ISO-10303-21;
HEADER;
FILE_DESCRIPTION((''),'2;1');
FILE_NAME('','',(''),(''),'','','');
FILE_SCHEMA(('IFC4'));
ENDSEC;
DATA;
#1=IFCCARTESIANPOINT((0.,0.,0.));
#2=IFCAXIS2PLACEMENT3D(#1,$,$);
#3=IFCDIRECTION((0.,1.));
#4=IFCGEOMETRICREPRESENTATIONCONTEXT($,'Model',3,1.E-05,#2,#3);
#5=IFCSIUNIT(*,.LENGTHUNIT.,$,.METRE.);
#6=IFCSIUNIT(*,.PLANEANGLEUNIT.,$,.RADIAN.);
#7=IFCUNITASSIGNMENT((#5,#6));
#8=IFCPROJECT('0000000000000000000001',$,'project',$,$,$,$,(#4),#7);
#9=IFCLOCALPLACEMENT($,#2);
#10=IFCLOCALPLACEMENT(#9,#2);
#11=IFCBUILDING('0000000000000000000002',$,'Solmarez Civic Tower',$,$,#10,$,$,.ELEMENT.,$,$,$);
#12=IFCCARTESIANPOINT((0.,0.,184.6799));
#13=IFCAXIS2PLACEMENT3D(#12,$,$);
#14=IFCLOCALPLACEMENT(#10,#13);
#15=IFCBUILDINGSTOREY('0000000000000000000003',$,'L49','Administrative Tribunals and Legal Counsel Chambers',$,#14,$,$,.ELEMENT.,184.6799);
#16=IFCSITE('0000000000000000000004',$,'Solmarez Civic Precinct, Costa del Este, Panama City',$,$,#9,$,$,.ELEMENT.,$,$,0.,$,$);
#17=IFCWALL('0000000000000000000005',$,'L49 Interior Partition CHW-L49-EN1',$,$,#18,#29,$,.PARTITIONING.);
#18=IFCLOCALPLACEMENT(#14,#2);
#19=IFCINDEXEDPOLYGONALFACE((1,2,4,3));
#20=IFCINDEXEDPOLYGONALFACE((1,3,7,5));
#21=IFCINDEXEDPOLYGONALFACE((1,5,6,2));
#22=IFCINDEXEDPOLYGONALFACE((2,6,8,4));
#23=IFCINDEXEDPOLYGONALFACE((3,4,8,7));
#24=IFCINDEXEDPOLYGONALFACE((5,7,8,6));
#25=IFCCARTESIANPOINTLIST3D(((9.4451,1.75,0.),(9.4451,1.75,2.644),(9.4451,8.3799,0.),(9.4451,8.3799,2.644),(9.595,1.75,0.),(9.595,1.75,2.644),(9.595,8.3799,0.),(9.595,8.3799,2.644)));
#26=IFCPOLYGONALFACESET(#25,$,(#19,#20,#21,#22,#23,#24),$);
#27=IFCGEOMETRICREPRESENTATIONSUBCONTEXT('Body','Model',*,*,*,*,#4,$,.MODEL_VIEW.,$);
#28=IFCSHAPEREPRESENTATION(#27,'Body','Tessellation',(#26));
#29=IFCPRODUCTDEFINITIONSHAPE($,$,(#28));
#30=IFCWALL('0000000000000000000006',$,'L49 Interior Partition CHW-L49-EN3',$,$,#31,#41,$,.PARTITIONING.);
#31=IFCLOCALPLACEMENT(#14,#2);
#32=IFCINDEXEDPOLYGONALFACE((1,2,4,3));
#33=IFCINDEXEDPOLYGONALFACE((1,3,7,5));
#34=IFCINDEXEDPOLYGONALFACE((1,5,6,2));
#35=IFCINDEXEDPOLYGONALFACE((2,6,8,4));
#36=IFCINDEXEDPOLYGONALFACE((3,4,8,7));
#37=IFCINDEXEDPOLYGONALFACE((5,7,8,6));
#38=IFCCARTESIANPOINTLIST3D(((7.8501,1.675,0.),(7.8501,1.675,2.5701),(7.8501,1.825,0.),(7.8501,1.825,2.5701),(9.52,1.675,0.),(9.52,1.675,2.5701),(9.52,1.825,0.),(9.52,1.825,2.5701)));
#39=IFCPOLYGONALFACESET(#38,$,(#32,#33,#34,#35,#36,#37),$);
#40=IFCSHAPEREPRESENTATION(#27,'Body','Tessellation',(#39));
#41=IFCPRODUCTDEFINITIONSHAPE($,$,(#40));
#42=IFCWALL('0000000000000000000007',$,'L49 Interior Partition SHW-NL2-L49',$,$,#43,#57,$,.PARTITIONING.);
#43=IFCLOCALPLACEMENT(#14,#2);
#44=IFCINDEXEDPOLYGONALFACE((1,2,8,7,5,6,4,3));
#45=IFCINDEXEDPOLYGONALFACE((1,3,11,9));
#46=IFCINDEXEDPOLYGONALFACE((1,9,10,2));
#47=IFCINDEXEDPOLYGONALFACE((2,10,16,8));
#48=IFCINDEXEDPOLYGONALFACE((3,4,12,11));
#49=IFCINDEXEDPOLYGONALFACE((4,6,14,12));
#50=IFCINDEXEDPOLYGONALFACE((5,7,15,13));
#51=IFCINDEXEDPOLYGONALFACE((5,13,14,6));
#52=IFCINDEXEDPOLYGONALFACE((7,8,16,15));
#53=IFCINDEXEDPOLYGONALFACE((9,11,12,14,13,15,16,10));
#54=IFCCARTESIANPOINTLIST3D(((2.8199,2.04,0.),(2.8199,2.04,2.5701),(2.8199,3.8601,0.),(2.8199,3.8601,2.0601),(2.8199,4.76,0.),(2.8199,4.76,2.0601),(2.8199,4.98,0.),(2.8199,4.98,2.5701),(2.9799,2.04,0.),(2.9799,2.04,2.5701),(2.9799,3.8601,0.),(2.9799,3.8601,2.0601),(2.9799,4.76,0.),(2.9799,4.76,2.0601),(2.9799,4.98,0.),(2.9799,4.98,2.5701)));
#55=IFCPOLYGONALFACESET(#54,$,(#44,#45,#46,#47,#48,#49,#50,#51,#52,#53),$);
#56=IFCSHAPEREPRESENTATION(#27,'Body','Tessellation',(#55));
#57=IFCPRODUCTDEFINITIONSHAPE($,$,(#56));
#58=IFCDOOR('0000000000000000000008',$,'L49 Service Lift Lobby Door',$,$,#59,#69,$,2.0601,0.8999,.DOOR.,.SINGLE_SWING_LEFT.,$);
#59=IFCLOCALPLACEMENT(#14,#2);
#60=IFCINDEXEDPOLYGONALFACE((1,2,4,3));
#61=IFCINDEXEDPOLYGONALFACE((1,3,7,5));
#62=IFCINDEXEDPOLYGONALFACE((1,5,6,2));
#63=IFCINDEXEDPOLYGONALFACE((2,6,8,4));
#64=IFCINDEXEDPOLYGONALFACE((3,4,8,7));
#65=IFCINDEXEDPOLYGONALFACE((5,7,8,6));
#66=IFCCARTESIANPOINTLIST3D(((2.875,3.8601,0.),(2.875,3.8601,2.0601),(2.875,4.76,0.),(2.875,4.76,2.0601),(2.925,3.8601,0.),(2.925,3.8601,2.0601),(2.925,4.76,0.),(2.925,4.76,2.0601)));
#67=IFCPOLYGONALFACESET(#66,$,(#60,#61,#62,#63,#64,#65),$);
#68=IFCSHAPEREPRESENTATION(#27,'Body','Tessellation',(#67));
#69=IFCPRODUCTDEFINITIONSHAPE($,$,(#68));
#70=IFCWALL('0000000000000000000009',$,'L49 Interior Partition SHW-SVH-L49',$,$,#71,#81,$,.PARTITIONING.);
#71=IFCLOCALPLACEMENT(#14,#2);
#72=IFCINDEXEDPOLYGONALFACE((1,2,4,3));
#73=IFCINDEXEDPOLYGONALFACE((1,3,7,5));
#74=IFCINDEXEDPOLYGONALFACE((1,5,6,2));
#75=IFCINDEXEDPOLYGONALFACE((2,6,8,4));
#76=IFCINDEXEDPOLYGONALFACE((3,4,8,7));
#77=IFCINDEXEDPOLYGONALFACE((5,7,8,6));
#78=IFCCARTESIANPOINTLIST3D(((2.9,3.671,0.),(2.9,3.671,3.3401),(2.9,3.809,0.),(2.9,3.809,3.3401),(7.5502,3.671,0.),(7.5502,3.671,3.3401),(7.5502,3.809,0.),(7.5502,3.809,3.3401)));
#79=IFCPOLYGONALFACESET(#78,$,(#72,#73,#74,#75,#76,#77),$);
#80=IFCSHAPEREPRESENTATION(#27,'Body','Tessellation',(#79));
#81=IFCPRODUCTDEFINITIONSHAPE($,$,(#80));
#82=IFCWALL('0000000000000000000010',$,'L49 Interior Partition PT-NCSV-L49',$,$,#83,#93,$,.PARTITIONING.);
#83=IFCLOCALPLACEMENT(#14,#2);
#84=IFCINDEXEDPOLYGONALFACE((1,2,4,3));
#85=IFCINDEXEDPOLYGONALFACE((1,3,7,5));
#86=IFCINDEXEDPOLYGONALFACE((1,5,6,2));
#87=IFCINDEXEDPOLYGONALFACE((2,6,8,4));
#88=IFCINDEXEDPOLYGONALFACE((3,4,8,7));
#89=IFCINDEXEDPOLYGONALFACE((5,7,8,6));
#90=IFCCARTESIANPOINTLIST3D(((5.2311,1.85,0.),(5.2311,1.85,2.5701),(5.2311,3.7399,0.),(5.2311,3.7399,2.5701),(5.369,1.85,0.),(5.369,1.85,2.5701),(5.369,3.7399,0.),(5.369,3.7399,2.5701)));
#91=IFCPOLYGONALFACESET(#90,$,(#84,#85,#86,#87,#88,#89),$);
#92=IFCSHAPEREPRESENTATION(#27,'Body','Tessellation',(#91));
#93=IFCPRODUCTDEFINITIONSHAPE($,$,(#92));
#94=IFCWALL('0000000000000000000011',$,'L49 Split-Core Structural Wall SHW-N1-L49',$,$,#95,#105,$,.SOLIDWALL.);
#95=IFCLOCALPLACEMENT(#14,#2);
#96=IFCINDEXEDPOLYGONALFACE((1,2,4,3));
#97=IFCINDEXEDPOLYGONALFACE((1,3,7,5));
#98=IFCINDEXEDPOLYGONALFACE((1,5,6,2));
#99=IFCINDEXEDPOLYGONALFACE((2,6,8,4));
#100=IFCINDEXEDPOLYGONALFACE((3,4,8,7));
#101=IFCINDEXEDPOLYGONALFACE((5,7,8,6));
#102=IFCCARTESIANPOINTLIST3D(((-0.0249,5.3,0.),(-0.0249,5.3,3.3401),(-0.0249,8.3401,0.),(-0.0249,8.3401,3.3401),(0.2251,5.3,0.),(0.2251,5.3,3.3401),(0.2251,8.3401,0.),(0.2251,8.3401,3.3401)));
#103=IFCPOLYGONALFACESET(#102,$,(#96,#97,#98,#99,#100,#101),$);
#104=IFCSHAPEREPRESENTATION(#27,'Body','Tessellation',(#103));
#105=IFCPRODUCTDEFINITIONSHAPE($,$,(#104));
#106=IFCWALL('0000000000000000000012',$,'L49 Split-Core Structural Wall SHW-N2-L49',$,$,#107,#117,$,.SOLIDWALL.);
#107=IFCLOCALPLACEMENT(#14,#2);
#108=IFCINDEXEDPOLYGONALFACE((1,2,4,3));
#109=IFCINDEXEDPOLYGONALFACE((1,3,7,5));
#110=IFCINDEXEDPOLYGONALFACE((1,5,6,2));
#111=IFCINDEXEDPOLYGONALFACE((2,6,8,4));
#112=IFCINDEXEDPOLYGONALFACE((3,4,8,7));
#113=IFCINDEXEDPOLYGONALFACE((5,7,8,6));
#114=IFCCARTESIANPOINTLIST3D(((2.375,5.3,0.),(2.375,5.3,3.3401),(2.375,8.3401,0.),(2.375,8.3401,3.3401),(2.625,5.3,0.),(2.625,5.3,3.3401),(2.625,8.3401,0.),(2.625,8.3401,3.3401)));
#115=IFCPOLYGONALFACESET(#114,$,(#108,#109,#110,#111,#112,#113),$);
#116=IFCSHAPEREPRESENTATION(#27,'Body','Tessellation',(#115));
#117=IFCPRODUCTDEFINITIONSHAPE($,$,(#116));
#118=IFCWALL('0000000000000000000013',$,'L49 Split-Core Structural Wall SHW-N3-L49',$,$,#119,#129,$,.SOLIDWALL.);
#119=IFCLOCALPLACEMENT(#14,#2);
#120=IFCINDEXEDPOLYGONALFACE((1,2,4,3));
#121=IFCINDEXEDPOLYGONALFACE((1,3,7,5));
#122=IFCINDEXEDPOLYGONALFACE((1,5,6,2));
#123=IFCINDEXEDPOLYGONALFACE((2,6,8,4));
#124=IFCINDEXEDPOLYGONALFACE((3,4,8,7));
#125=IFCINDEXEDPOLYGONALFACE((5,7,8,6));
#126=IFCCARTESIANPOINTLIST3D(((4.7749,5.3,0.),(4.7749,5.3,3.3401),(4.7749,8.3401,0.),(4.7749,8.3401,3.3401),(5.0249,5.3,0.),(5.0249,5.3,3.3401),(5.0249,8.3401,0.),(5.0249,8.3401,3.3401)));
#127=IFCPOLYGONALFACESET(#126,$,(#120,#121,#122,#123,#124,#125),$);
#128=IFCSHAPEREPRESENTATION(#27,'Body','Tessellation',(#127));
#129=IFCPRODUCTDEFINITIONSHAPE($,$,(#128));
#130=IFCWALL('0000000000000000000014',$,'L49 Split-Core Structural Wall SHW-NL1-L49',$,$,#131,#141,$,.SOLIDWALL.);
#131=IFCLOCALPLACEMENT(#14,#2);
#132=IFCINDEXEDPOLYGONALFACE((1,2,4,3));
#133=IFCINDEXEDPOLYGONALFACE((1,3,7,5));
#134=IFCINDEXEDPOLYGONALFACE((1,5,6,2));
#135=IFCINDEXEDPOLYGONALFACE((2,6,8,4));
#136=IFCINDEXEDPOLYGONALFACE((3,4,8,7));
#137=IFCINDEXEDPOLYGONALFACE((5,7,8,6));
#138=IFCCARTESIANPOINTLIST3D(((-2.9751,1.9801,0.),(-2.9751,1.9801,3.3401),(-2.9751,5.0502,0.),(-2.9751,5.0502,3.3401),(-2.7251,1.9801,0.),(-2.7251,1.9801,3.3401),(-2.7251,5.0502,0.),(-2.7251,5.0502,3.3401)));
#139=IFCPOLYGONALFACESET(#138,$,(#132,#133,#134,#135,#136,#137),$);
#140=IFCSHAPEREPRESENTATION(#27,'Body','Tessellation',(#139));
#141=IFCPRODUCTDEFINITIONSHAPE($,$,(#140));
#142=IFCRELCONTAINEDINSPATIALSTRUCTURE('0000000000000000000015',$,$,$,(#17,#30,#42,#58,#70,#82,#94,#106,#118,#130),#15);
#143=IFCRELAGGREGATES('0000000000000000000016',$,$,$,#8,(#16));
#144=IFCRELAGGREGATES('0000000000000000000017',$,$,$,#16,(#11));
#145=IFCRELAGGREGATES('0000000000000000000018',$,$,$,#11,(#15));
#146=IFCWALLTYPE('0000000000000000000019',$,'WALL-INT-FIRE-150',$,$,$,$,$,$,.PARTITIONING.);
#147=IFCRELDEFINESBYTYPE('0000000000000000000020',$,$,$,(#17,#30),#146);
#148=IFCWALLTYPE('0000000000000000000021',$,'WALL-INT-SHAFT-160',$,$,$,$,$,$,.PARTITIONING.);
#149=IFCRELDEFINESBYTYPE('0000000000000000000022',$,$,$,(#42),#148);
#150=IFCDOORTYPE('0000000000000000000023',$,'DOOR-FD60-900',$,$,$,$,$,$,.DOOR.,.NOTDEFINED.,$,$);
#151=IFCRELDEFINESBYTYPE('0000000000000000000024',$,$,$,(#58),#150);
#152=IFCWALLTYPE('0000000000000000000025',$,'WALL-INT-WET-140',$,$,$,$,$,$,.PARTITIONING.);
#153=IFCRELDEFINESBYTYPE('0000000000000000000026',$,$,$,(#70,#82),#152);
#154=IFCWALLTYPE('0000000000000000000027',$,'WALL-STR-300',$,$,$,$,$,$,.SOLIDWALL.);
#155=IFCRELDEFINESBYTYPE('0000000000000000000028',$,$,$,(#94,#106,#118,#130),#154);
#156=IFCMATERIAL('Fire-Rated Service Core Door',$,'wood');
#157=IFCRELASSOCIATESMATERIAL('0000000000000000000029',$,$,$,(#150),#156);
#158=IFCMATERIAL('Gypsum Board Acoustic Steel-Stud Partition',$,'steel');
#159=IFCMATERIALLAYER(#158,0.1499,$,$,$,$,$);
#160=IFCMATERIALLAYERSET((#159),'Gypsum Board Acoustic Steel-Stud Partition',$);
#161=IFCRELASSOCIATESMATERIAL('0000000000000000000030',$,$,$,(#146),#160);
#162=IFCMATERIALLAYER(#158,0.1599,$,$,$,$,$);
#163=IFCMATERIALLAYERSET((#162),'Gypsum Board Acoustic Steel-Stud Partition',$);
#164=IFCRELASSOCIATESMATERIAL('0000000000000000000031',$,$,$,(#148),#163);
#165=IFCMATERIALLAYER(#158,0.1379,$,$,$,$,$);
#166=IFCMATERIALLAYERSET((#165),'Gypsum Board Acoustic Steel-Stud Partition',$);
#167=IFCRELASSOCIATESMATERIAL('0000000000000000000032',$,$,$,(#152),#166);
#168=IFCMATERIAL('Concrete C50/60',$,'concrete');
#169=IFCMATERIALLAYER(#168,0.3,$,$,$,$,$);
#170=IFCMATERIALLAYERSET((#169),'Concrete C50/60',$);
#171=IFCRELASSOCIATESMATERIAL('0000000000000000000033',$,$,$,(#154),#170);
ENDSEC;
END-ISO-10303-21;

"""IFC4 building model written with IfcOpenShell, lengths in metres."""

from ifc_helpers import new_model, si_unit, direction, frame, frame_2d, origin, place, context, subcontext, project, spatial, rectangle, extrude, material, layer, layer_set, type_object, element, fill, save


model = new_model("IFC4")

# Units and contexts
model_context = context("Model", 3, precision=1e-05, world=origin(), true_north=direction((0.0, 1.0)))
body_context = subcontext(model_context, "Body", "Model", "MODEL_VIEW")
ifc_project = project(units=[si_unit("LENGTHUNIT", "METRE"), si_unit("PLANEANGLEUNIT", "RADIAN")], contexts=[model_context])

# Site, building, storey
site_placement = place(None, origin())
site = spatial("IfcSite", under=ifc_project, at=site_placement, Name="Solmarez Civic Precinct, Costa del Este, Panama City", CompositionType="ELEMENT", RefElevation=0.0)
building_placement = place(site_placement, origin())
building = spatial("IfcBuilding", under=site, at=building_placement, Name="Solmarez Civic Tower", CompositionType="ELEMENT")
storey_placement = place(building_placement, frame((0.0, 0.0, 184.6799)))
storey = spatial("IfcBuildingStorey", under=building, at=storey_placement, Name="L49", Description="Administrative Tribunals and Legal Counsel Chambers", CompositionType="ELEMENT", Elevation=184.6799)

# Shared definitions
ifc_material_1 = material(Name="Concrete C50/60", Category="concrete")

# Shared definitions
ifc_material_2 = material(Name="Fire-Rated Service Core Door", Category="wood")
door_type_1 = type_object("IfcDoorType", Name="DOOR-FD60-900", OperationType="NOTDEFINED", PredefinedType="DOOR", material=ifc_material_2)

# Walls
ifc_material_3 = material(Name="Gypsum Board Acoustic Steel-Stud Partition", Category="steel")
ifc_layer_1 = layer(ifc_material_3, 0.1499)
ifc_layer_set_1 = layer_set([ifc_layer_1], Name="Gypsum Board Acoustic Steel-Stud Partition")
wall_type_1 = type_object("IfcWallType", Name="WALL-INT-FIRE-150", PredefinedType="PARTITIONING", material=ifc_layer_set_1)
wall_1_placement = place(storey_placement, frame((9.52, 1.75, 0.0), z_axis=(0.0, 0.0, 1.0), x_axis=(0.0, 1.0, 0.0)))
element("IfcWall", 1, at=wall_1_placement, inside=storey, type_object=wall_type_1, Name="L49 Interior Partition CHW-L49-EN1", PredefinedType="PARTITIONING", context=body_context, shape_type="SweptSolid", body=[
    extrude(rectangle(XDim=6.6299, YDim=0.1499, at=frame_2d((3.3149, 0.0))), origin(), (0.0, 0.0, 1.0), 2.644),
])
wall_2_placement = place(storey_placement, frame((7.8501, 1.75, 0.0), z_axis=(0.0, 0.0, 1.0), x_axis=(1.0, 0.0, 0.0)))
element("IfcWall", 2, at=wall_2_placement, inside=storey, type_object=wall_type_1, Name="L49 Interior Partition CHW-L49-EN3", PredefinedType="PARTITIONING", context=body_context, shape_type="SweptSolid", body=[
    extrude(rectangle(XDim=1.6699, YDim=0.1499, at=frame_2d((0.835, 0.0))), origin(), (0.0, 0.0, 1.0), 2.5701),
])

# Wall, opening, door
ifc_layer_2 = layer(ifc_material_3, 0.1599)
ifc_layer_set_2 = layer_set([ifc_layer_2], Name="Gypsum Board Acoustic Steel-Stud Partition")
wall_type_2 = type_object("IfcWallType", Name="WALL-INT-SHAFT-160", PredefinedType="PARTITIONING", material=ifc_layer_set_2)
wall_3_placement = place(storey_placement, frame((2.8999, 2.04, 0.0), z_axis=(0.0, 0.0, 1.0), x_axis=(0.0, 1.0, 0.0)))
wall_3 = element("IfcWall", 3, at=wall_3_placement, inside=storey, type_object=wall_type_2, Name="L49 Interior Partition SHW-NL2-L49", PredefinedType="PARTITIONING", context=body_context, shape_type="SweptSolid", body=[
    extrude(rectangle(XDim=2.9399, YDim=0.1599, at=frame_2d((1.47, 0.0))), origin(), (0.0, 0.0, 1.0), 2.5701),
])
opening_1_placement = place(wall_3_placement, frame((1.8201, 0.0, 0.0)))
opening_1 = element("IfcOpeningElement", 4, at=opening_1_placement, cuts=wall_3, PredefinedType="OPENING", context=body_context, shape_type="SweptSolid", body=[
    extrude(rectangle(XDim=0.8999, YDim=2.0601, at=frame_2d((0.45, 1.03))), frame((0.0, 0.0898, 0.0), z_axis=(0.0, -1.0, 0.0), x_axis=(1.0, 0.0, 0.0)), (0.0, 0.0, 1.0), 0.1799),
])
door_1_placement = place(opening_1_placement, origin())
door_1 = element("IfcDoor", 5, at=door_1_placement, inside=storey, type_object=door_type_1, Name="L49 Service Lift Lobby Door", OperationType="SINGLE_SWING_LEFT", OverallHeight=2.0601, OverallWidth=0.8999, PredefinedType="DOOR", context=body_context, shape_type="SweptSolid", body=[
    extrude(rectangle(XDim=0.8999, YDim=2.0601, at=frame_2d((0.45, 1.03))), frame((0.0, 0.0249, 0.0), z_axis=(0.0, -1.0, 0.0), x_axis=(1.0, 0.0, 0.0)), (0.0, 0.0, 1.0), 0.05),
])
fill(opening_1, door_1)

# Walls
ifc_layer_3 = layer(ifc_material_3, 0.1379)
ifc_layer_set_3 = layer_set([ifc_layer_3], Name="Gypsum Board Acoustic Steel-Stud Partition")
wall_type_3 = type_object("IfcWallType", Name="WALL-INT-WET-140", PredefinedType="PARTITIONING", material=ifc_layer_set_3)
wall_4_placement = place(storey_placement, frame((2.8999, 3.74, 0.0), z_axis=(0.0, 0.0, 1.0), x_axis=(1.0, 0.0, 0.0)))
element("IfcWall", 6, at=wall_4_placement, inside=storey, type_object=wall_type_3, Name="L49 Interior Partition SHW-SVH-L49", PredefinedType="PARTITIONING", context=body_context, shape_type="SweptSolid", body=[
    extrude(rectangle(XDim=4.6501, YDim=0.1379, at=frame_2d((2.3252, 0.0))), origin(), (0.0, 0.0, 1.0), 3.3401),
])
wall_5_placement = place(storey_placement, frame((5.3, 1.8501, 0.0), z_axis=(0.0, 0.0, 1.0), x_axis=(0.0, 1.0, 0.0)))
element("IfcWall", 7, at=wall_5_placement, inside=storey, type_object=wall_type_3, Name="L49 Interior Partition PT-NCSV-L49", PredefinedType="PARTITIONING", context=body_context, shape_type="SweptSolid", body=[
    extrude(rectangle(XDim=1.8899, YDim=0.1379, at=frame_2d((0.9448, 0.0))), origin(), (0.0, 0.0, 1.0), 2.5701),
])

# Shared definitions
ifc_layer_4 = layer(ifc_material_1, 0.3)
ifc_layer_set_4 = layer_set([ifc_layer_4], Name="Concrete C50/60")
wall_type_4 = type_object("IfcWallType", Name="WALL-STR-300", PredefinedType="SOLIDWALL", material=ifc_layer_set_4)

# Walls
for number, where, z_axis, x_axis, name in (
    (8, (0.1001, 5.3, 0.0), (0.0, 0.0, 1.0), (0.0, 1.0, 0.0), "L49 Split-Core Structural Wall SHW-N1-L49"),
    (9, (2.5, 5.3, 0.0), (0.0, 0.0, 1.0), (0.0, 1.0, 0.0), "L49 Split-Core Structural Wall SHW-N2-L49"),
    (10, (4.8999, 5.3, 0.0), (0.0, 0.0, 1.0), (0.0, 1.0, 0.0), "L49 Split-Core Structural Wall SHW-N3-L49"),
):
    element("IfcWall", number, at=place(storey_placement, frame(where, z_axis=z_axis, x_axis=x_axis)), inside=storey, type_object=wall_type_4, Name=name, PredefinedType="SOLIDWALL", context=body_context, shape_type="SweptSolid", body=[
        extrude(rectangle(XDim=3.04, YDim=0.25, at=frame_2d((1.52, 0.0))), origin(), (0.0, 0.0, 1.0), 3.3401),
    ])
wall_6_placement = place(storey_placement, frame((-2.8501, 1.98, 0.0), z_axis=(0.0, 0.0, 1.0), x_axis=(0.0, 1.0, 0.0)))
element("IfcWall", 11, at=wall_6_placement, inside=storey, type_object=wall_type_4, Name="L49 Split-Core Structural Wall SHW-NL1-L49", PredefinedType="SOLIDWALL", context=body_context, shape_type="SweptSolid", body=[
    extrude(rectangle(XDim=3.0701, YDim=0.25, at=frame_2d((1.5352, 0.0))), origin(), (0.0, 0.0, 1.0), 3.3401),
])

save(model, "model.ifc")
